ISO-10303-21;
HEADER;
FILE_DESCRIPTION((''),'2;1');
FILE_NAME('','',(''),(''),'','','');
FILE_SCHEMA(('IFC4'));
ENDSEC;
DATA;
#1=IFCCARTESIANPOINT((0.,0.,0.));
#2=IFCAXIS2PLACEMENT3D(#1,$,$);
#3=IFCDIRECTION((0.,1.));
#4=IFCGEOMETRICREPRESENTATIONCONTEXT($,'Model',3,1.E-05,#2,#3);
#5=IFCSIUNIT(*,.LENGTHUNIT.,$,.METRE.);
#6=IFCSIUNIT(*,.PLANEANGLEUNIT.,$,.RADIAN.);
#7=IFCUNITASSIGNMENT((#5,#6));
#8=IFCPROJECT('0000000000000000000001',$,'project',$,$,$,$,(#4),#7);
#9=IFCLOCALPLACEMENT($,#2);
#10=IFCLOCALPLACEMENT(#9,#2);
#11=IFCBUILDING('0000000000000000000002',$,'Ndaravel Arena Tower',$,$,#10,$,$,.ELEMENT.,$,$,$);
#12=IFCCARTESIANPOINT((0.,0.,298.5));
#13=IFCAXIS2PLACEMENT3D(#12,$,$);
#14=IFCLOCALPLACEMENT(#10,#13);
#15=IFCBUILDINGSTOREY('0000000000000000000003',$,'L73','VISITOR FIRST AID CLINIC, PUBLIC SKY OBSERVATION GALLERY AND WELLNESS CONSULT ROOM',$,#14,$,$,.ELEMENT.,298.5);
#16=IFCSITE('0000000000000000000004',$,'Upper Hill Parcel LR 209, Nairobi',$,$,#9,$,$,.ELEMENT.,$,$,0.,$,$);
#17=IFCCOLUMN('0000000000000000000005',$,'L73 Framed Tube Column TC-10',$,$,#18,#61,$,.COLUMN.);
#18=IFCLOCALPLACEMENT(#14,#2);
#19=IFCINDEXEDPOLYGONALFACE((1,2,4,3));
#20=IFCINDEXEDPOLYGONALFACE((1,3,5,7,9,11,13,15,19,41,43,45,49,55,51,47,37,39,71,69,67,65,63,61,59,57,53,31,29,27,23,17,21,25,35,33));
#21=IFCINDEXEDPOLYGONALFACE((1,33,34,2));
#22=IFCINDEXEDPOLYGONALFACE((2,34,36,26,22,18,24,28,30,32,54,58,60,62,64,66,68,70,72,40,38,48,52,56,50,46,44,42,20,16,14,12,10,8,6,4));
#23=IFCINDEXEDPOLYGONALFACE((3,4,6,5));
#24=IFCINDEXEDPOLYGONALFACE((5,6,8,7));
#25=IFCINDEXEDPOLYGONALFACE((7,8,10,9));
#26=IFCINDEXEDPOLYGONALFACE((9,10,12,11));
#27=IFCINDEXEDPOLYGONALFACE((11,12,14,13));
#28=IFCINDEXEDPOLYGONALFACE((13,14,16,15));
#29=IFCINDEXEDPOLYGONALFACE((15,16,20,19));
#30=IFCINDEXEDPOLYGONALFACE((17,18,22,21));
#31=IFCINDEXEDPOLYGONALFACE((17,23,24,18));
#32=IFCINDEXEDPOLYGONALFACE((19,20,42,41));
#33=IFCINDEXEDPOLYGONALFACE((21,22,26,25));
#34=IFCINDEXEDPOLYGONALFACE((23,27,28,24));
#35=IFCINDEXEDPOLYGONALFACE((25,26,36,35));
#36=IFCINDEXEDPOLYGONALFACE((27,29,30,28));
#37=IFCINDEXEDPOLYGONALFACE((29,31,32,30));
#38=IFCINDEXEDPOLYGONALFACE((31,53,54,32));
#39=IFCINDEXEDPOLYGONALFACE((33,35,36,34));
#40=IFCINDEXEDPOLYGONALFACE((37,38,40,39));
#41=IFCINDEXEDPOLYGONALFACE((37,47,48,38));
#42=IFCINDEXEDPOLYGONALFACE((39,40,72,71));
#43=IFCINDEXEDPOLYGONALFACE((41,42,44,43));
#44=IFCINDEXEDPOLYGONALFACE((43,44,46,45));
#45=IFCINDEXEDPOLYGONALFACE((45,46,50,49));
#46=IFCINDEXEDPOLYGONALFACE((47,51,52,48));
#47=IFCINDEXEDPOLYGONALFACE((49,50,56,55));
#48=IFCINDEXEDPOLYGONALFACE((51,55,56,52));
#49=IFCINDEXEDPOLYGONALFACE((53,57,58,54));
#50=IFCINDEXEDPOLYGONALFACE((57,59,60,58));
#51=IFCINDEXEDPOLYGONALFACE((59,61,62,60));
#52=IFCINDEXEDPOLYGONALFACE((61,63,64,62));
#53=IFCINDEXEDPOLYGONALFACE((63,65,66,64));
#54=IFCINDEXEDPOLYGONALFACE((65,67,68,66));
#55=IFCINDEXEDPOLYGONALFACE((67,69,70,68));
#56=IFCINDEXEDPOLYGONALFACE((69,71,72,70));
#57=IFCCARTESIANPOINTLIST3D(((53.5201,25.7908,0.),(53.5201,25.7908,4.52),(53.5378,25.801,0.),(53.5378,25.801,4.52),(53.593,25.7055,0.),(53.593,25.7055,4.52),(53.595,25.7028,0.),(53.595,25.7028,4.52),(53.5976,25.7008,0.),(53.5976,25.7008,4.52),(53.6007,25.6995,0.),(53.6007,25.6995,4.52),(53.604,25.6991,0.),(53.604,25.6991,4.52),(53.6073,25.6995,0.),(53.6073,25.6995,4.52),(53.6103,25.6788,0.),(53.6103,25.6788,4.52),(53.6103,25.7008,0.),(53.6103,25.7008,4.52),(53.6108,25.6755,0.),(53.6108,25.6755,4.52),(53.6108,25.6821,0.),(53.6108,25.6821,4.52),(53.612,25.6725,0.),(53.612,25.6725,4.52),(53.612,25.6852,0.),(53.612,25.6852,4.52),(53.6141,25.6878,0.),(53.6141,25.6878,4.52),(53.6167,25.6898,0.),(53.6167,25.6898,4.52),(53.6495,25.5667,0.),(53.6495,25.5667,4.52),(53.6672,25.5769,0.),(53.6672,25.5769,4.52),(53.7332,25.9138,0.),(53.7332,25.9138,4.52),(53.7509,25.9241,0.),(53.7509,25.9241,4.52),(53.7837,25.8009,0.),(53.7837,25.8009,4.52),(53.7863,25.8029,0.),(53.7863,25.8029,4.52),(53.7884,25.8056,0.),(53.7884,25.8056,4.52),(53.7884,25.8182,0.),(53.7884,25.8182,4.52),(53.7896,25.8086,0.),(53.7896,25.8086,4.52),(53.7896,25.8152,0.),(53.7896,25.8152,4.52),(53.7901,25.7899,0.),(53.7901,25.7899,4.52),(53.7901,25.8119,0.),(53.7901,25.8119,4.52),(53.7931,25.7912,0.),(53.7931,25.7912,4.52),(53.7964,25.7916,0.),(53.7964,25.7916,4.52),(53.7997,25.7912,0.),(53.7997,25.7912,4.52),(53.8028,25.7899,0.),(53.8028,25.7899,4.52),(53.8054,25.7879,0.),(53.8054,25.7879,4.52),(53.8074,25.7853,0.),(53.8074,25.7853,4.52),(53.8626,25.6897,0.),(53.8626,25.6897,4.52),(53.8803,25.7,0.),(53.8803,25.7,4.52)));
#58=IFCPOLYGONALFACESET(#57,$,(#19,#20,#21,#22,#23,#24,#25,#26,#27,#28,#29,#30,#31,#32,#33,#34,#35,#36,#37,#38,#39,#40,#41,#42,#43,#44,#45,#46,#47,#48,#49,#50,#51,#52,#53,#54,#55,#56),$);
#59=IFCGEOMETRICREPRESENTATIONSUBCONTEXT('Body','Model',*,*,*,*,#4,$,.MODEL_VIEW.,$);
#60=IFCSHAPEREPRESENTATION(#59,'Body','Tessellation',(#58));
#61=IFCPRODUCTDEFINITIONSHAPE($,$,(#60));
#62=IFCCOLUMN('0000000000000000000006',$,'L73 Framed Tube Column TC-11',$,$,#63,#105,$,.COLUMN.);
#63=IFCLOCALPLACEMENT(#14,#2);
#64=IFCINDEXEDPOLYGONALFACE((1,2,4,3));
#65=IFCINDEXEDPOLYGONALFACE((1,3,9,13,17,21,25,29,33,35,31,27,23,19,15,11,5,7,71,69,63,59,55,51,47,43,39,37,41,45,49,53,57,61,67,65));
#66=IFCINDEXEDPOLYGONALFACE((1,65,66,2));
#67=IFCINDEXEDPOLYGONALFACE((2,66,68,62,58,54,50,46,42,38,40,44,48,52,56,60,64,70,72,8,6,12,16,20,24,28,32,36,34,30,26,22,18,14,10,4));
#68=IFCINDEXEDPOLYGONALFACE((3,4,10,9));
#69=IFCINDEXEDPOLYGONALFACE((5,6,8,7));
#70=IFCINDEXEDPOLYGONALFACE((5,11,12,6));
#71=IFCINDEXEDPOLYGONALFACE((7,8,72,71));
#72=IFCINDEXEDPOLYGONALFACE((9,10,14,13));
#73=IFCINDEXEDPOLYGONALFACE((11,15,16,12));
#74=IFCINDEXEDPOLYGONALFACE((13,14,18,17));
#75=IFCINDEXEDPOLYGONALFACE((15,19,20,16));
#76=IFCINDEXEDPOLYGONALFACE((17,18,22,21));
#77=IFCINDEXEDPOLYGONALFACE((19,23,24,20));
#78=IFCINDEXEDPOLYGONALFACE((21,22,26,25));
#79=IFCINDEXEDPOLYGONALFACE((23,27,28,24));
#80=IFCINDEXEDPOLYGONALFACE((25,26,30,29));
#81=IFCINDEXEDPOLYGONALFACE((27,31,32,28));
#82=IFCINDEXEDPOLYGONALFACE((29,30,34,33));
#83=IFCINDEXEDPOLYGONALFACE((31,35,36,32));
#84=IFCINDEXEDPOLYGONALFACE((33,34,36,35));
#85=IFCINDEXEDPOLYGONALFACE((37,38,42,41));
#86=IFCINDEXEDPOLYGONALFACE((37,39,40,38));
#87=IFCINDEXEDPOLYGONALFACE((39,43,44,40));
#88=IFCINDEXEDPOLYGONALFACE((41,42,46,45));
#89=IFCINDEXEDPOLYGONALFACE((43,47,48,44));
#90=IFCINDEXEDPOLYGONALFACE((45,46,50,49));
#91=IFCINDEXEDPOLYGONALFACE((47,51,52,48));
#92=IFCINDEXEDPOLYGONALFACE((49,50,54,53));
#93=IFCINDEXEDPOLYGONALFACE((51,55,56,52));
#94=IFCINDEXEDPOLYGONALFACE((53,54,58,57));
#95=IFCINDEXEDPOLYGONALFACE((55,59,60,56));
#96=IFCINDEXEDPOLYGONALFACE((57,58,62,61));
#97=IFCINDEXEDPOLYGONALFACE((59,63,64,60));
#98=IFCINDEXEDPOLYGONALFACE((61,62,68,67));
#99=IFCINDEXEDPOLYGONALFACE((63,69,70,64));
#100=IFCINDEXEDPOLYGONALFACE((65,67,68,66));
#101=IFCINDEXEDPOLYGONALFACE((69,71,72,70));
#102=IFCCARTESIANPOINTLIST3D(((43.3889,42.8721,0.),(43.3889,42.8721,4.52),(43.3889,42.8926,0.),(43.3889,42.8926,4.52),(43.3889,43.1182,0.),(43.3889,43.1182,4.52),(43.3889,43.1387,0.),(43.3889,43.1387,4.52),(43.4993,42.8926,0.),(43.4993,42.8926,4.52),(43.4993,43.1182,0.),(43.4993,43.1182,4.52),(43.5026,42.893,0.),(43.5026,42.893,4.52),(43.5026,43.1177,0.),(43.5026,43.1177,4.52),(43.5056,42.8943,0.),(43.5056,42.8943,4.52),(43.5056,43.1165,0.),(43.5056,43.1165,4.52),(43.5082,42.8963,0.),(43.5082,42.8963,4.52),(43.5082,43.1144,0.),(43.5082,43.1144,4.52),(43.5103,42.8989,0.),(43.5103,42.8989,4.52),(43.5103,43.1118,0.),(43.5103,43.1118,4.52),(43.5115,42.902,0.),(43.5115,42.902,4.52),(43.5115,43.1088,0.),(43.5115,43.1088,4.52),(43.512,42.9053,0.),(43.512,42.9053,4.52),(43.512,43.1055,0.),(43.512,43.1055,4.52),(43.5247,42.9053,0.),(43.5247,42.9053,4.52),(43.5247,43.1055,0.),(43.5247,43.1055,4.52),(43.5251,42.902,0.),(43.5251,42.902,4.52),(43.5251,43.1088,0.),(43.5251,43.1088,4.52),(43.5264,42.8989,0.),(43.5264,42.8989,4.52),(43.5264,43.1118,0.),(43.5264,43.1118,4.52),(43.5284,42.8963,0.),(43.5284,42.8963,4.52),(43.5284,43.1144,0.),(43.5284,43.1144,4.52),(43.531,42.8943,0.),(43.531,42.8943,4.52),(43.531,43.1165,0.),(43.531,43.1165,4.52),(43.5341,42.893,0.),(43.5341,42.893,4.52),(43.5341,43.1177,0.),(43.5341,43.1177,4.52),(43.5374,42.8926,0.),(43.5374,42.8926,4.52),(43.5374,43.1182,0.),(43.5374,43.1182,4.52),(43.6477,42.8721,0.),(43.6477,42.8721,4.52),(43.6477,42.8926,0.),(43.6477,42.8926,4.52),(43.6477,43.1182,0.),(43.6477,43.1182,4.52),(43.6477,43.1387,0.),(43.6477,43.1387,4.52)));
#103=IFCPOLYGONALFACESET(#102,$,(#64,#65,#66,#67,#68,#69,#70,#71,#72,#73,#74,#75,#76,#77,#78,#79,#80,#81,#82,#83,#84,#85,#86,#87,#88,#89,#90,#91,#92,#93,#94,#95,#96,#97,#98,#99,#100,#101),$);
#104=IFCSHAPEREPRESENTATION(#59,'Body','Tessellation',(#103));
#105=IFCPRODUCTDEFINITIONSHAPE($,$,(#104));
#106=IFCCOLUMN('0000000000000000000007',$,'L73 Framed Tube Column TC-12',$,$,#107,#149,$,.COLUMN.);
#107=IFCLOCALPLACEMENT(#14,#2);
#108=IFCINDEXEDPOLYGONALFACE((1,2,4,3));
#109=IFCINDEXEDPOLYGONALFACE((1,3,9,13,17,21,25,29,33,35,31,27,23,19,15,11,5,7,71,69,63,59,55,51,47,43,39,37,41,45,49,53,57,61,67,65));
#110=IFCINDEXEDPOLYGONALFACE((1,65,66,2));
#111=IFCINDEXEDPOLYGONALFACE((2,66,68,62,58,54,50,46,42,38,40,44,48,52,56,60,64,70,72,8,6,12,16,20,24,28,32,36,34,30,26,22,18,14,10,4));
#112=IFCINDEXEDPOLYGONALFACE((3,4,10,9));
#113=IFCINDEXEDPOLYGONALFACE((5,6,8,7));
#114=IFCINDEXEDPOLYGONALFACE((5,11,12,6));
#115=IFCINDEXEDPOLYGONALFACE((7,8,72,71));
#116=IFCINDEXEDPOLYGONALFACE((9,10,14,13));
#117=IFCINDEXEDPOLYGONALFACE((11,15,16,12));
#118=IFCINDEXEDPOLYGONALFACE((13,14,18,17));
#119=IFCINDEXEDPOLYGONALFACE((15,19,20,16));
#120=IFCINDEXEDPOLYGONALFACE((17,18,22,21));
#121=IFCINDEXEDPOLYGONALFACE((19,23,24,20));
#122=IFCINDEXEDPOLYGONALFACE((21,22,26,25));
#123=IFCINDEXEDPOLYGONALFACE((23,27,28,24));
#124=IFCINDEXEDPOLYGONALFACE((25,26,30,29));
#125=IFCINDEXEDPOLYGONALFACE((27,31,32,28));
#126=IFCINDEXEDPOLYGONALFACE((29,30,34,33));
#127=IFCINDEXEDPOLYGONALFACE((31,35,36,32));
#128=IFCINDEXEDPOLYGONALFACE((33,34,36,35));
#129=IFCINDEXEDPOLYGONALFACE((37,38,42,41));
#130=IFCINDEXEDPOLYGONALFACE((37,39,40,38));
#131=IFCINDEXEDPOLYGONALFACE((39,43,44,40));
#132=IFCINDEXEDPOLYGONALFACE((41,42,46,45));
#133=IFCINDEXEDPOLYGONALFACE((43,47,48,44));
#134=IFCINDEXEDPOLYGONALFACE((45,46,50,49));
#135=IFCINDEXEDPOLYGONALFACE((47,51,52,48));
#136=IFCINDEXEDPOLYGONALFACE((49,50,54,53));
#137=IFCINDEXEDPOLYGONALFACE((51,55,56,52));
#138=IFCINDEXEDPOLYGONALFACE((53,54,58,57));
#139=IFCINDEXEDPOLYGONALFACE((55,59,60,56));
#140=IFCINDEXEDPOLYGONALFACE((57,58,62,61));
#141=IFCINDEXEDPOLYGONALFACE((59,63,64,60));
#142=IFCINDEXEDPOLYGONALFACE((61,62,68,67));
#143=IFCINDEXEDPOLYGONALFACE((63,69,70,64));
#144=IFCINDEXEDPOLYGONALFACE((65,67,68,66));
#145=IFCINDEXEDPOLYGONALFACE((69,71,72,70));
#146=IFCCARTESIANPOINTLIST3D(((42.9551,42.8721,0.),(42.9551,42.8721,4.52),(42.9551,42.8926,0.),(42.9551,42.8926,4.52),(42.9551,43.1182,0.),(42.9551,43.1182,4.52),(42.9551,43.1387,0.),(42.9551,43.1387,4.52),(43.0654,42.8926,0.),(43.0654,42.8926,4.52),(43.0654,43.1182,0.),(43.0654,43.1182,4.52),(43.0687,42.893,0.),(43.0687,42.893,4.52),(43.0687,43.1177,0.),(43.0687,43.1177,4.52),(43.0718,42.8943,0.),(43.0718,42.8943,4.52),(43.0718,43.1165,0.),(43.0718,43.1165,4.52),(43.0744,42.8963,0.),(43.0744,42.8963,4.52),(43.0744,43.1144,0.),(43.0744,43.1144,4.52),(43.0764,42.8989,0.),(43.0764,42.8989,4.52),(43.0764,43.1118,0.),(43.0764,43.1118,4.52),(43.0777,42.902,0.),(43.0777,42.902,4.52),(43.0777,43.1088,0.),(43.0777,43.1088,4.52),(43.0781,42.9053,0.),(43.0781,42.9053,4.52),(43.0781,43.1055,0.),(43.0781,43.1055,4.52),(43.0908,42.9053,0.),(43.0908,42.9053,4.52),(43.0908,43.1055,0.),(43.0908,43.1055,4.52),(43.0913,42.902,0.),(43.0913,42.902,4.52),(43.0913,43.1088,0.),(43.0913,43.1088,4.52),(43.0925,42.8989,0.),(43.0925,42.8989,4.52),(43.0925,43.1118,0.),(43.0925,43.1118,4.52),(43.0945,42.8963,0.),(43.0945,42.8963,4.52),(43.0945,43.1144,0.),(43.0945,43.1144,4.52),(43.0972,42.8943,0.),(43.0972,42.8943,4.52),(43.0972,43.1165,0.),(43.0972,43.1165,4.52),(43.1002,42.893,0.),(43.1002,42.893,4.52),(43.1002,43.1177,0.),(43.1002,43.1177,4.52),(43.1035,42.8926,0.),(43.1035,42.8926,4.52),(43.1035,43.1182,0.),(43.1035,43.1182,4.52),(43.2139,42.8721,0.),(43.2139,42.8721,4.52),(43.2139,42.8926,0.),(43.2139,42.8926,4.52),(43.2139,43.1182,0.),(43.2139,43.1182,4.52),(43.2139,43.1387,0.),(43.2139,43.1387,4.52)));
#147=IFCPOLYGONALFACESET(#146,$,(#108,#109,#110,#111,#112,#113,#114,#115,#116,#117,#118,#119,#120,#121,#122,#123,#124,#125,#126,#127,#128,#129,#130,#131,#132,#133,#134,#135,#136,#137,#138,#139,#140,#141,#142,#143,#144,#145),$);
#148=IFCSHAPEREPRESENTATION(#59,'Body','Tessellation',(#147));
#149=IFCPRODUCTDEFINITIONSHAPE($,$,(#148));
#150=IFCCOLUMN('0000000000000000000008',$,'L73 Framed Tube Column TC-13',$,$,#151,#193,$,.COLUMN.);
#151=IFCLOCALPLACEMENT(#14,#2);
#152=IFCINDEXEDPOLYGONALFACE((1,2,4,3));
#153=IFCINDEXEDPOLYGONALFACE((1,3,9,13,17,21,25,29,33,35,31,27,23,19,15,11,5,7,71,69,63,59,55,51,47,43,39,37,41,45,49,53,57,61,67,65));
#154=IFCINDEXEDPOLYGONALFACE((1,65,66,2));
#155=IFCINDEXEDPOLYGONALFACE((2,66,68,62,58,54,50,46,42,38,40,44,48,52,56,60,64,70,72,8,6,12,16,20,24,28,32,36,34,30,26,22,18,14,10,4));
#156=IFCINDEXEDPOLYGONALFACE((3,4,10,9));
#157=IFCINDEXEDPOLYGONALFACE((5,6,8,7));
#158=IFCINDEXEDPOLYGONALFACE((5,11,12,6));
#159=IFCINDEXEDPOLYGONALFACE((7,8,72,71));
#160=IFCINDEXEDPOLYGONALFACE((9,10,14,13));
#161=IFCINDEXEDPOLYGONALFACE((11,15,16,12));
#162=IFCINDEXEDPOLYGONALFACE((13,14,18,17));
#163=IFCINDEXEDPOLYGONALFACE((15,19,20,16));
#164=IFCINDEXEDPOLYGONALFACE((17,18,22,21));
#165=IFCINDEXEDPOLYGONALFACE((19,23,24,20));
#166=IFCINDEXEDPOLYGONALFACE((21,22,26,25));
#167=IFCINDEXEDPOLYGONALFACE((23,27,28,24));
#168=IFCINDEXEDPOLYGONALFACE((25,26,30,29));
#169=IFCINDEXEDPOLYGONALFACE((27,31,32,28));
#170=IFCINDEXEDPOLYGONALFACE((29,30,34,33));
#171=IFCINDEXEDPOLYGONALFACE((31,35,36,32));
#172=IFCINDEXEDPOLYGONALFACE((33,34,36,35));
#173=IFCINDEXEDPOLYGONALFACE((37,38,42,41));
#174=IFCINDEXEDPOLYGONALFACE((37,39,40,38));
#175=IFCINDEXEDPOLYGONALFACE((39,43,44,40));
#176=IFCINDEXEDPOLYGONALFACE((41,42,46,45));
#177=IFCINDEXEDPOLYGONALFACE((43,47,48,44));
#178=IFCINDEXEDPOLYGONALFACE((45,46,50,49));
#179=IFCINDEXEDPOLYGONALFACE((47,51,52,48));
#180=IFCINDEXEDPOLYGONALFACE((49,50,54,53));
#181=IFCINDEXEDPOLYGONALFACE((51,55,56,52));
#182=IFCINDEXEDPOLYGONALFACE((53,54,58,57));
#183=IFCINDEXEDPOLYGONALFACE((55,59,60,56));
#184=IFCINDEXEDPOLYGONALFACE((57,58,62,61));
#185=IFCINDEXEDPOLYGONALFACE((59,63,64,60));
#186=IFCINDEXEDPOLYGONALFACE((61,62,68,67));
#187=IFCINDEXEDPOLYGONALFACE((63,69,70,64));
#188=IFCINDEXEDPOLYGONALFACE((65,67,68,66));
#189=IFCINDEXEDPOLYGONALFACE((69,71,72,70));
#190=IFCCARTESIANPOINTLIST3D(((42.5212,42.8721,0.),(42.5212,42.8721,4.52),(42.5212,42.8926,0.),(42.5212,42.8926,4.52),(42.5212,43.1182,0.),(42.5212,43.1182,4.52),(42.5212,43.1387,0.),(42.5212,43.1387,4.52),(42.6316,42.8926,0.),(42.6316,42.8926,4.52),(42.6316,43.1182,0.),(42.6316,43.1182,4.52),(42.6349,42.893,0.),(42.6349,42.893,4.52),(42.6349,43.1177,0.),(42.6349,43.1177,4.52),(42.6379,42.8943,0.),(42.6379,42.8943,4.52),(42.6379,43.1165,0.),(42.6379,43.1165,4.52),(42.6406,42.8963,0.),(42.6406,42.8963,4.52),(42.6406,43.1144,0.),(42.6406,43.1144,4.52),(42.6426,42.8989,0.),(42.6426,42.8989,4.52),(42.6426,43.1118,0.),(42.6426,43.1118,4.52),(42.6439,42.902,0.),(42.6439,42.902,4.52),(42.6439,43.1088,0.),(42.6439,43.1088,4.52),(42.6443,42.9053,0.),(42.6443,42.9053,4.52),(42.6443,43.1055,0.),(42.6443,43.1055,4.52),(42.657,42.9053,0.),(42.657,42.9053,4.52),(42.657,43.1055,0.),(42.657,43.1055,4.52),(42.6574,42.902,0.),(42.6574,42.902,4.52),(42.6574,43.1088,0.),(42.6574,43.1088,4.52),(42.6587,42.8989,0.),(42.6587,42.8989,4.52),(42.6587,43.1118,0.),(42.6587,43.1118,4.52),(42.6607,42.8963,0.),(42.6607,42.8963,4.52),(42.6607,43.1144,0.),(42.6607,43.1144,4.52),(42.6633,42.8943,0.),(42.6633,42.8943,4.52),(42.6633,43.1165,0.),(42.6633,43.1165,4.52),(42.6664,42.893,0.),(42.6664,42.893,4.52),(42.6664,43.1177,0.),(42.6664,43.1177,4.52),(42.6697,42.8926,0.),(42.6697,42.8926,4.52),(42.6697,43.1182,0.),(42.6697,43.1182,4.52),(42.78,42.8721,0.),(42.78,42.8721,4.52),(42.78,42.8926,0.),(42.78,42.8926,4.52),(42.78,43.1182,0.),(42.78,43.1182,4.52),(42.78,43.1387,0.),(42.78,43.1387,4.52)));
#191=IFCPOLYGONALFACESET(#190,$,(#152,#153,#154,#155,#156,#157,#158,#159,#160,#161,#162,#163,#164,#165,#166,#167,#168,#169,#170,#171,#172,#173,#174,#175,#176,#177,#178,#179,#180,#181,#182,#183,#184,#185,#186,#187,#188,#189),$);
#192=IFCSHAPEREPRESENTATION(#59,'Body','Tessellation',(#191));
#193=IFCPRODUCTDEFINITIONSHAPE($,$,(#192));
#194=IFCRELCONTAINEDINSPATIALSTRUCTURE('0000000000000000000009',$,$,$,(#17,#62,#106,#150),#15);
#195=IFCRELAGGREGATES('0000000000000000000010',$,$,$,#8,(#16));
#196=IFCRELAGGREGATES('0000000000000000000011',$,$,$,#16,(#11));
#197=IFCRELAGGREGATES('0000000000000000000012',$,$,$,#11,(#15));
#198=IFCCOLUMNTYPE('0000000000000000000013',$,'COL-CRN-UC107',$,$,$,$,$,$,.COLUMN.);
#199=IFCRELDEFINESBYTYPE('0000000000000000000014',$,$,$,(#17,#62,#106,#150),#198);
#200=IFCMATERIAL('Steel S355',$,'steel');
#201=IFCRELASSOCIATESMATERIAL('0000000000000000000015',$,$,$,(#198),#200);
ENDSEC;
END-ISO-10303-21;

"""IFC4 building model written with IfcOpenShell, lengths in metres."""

from ifc_helpers import new_model, si_unit, direction, frame, origin, origin_2d, place, context, subcontext, project, spatial, i_section, extrude, material, material_profile, profile_set, type_object, element, save


model = new_model("IFC4")

# Units and contexts
model_context = context("Model", 3, precision=1e-05, world=origin(), true_north=direction((0.0, 1.0)))
body_context = subcontext(model_context, "Body", "Model", "MODEL_VIEW")
ifc_project = project(units=[si_unit("LENGTHUNIT", "METRE"), si_unit("PLANEANGLEUNIT", "RADIAN")], contexts=[model_context])

# Site, building, storey
site_placement = place(None, origin())
site = spatial("IfcSite", under=ifc_project, at=site_placement, Name="Upper Hill Parcel LR 209, Nairobi", CompositionType="ELEMENT", RefElevation=0.0)
building_placement = place(site_placement, origin())
building = spatial("IfcBuilding", under=site, at=building_placement, Name="Ndaravel Arena Tower", CompositionType="ELEMENT")
storey_placement = place(building_placement, frame((0.0, 0.0, 298.5)))
storey = spatial("IfcBuildingStorey", under=building, at=storey_placement, Name="L73", Description="VISITOR FIRST AID CLINIC, PUBLIC SKY OBSERVATION GALLERY AND WELLNESS CONSULT ROOM", CompositionType="ELEMENT", Elevation=298.5)

# Columns
ifc_material_1 = material(Name="Steel S355", Category="steel")
ifc_material_profile_1 = material_profile(ifc_material_1, i_section(OverallWidth=0.2588, OverallDepth=0.2666, WebThickness=0.0127, FlangeThickness=0.0205, FilletRadius=0.0127, at=origin_2d()), Name="UC 254x254x107")
ifc_profile_set_1 = profile_set([ifc_material_profile_1], Name="Steel S355")
column_type = type_object("IfcColumnType", Name="COL-CRN-UC107", PredefinedType="COLUMN", material=ifc_profile_set_1)
for number, where, z_axis, x_axis, name in (
    (1, (53.7002, 25.7454, 0.0), (0.0, 0.0, 1.0), (-0.5, 0.866025, 0.0), "L73 Framed Tube Column TC-10"),
    (2, (43.5183, 43.0054, 0.0), (0.0, 0.0, 1.0), (1.0, 0.0, 0.0), "L73 Framed Tube Column TC-11"),
    (3, (43.0845, 43.0054, 0.0), (0.0, 0.0, 1.0), (1.0, 0.0, 0.0), "L73 Framed Tube Column TC-12"),
    (4, (42.6506, 43.0054, 0.0), (0.0, 0.0, 1.0), (1.0, 0.0, 0.0), "L73 Framed Tube Column TC-13"),
):
    element("IfcColumn", number, at=place(storey_placement, frame(where, z_axis=z_axis, x_axis=x_axis)), inside=storey, type_object=column_type, Name=name, PredefinedType="COLUMN", context=body_context, shape_type="SweptSolid", body=[
        extrude(i_section(OverallWidth=0.2588, OverallDepth=0.2666, WebThickness=0.0127, FlangeThickness=0.0205, FilletRadius=0.0127, at=origin_2d()), origin(), (0.0, 0.0, 1.0), 4.52),
    ])

save(model, "model.ifc")
